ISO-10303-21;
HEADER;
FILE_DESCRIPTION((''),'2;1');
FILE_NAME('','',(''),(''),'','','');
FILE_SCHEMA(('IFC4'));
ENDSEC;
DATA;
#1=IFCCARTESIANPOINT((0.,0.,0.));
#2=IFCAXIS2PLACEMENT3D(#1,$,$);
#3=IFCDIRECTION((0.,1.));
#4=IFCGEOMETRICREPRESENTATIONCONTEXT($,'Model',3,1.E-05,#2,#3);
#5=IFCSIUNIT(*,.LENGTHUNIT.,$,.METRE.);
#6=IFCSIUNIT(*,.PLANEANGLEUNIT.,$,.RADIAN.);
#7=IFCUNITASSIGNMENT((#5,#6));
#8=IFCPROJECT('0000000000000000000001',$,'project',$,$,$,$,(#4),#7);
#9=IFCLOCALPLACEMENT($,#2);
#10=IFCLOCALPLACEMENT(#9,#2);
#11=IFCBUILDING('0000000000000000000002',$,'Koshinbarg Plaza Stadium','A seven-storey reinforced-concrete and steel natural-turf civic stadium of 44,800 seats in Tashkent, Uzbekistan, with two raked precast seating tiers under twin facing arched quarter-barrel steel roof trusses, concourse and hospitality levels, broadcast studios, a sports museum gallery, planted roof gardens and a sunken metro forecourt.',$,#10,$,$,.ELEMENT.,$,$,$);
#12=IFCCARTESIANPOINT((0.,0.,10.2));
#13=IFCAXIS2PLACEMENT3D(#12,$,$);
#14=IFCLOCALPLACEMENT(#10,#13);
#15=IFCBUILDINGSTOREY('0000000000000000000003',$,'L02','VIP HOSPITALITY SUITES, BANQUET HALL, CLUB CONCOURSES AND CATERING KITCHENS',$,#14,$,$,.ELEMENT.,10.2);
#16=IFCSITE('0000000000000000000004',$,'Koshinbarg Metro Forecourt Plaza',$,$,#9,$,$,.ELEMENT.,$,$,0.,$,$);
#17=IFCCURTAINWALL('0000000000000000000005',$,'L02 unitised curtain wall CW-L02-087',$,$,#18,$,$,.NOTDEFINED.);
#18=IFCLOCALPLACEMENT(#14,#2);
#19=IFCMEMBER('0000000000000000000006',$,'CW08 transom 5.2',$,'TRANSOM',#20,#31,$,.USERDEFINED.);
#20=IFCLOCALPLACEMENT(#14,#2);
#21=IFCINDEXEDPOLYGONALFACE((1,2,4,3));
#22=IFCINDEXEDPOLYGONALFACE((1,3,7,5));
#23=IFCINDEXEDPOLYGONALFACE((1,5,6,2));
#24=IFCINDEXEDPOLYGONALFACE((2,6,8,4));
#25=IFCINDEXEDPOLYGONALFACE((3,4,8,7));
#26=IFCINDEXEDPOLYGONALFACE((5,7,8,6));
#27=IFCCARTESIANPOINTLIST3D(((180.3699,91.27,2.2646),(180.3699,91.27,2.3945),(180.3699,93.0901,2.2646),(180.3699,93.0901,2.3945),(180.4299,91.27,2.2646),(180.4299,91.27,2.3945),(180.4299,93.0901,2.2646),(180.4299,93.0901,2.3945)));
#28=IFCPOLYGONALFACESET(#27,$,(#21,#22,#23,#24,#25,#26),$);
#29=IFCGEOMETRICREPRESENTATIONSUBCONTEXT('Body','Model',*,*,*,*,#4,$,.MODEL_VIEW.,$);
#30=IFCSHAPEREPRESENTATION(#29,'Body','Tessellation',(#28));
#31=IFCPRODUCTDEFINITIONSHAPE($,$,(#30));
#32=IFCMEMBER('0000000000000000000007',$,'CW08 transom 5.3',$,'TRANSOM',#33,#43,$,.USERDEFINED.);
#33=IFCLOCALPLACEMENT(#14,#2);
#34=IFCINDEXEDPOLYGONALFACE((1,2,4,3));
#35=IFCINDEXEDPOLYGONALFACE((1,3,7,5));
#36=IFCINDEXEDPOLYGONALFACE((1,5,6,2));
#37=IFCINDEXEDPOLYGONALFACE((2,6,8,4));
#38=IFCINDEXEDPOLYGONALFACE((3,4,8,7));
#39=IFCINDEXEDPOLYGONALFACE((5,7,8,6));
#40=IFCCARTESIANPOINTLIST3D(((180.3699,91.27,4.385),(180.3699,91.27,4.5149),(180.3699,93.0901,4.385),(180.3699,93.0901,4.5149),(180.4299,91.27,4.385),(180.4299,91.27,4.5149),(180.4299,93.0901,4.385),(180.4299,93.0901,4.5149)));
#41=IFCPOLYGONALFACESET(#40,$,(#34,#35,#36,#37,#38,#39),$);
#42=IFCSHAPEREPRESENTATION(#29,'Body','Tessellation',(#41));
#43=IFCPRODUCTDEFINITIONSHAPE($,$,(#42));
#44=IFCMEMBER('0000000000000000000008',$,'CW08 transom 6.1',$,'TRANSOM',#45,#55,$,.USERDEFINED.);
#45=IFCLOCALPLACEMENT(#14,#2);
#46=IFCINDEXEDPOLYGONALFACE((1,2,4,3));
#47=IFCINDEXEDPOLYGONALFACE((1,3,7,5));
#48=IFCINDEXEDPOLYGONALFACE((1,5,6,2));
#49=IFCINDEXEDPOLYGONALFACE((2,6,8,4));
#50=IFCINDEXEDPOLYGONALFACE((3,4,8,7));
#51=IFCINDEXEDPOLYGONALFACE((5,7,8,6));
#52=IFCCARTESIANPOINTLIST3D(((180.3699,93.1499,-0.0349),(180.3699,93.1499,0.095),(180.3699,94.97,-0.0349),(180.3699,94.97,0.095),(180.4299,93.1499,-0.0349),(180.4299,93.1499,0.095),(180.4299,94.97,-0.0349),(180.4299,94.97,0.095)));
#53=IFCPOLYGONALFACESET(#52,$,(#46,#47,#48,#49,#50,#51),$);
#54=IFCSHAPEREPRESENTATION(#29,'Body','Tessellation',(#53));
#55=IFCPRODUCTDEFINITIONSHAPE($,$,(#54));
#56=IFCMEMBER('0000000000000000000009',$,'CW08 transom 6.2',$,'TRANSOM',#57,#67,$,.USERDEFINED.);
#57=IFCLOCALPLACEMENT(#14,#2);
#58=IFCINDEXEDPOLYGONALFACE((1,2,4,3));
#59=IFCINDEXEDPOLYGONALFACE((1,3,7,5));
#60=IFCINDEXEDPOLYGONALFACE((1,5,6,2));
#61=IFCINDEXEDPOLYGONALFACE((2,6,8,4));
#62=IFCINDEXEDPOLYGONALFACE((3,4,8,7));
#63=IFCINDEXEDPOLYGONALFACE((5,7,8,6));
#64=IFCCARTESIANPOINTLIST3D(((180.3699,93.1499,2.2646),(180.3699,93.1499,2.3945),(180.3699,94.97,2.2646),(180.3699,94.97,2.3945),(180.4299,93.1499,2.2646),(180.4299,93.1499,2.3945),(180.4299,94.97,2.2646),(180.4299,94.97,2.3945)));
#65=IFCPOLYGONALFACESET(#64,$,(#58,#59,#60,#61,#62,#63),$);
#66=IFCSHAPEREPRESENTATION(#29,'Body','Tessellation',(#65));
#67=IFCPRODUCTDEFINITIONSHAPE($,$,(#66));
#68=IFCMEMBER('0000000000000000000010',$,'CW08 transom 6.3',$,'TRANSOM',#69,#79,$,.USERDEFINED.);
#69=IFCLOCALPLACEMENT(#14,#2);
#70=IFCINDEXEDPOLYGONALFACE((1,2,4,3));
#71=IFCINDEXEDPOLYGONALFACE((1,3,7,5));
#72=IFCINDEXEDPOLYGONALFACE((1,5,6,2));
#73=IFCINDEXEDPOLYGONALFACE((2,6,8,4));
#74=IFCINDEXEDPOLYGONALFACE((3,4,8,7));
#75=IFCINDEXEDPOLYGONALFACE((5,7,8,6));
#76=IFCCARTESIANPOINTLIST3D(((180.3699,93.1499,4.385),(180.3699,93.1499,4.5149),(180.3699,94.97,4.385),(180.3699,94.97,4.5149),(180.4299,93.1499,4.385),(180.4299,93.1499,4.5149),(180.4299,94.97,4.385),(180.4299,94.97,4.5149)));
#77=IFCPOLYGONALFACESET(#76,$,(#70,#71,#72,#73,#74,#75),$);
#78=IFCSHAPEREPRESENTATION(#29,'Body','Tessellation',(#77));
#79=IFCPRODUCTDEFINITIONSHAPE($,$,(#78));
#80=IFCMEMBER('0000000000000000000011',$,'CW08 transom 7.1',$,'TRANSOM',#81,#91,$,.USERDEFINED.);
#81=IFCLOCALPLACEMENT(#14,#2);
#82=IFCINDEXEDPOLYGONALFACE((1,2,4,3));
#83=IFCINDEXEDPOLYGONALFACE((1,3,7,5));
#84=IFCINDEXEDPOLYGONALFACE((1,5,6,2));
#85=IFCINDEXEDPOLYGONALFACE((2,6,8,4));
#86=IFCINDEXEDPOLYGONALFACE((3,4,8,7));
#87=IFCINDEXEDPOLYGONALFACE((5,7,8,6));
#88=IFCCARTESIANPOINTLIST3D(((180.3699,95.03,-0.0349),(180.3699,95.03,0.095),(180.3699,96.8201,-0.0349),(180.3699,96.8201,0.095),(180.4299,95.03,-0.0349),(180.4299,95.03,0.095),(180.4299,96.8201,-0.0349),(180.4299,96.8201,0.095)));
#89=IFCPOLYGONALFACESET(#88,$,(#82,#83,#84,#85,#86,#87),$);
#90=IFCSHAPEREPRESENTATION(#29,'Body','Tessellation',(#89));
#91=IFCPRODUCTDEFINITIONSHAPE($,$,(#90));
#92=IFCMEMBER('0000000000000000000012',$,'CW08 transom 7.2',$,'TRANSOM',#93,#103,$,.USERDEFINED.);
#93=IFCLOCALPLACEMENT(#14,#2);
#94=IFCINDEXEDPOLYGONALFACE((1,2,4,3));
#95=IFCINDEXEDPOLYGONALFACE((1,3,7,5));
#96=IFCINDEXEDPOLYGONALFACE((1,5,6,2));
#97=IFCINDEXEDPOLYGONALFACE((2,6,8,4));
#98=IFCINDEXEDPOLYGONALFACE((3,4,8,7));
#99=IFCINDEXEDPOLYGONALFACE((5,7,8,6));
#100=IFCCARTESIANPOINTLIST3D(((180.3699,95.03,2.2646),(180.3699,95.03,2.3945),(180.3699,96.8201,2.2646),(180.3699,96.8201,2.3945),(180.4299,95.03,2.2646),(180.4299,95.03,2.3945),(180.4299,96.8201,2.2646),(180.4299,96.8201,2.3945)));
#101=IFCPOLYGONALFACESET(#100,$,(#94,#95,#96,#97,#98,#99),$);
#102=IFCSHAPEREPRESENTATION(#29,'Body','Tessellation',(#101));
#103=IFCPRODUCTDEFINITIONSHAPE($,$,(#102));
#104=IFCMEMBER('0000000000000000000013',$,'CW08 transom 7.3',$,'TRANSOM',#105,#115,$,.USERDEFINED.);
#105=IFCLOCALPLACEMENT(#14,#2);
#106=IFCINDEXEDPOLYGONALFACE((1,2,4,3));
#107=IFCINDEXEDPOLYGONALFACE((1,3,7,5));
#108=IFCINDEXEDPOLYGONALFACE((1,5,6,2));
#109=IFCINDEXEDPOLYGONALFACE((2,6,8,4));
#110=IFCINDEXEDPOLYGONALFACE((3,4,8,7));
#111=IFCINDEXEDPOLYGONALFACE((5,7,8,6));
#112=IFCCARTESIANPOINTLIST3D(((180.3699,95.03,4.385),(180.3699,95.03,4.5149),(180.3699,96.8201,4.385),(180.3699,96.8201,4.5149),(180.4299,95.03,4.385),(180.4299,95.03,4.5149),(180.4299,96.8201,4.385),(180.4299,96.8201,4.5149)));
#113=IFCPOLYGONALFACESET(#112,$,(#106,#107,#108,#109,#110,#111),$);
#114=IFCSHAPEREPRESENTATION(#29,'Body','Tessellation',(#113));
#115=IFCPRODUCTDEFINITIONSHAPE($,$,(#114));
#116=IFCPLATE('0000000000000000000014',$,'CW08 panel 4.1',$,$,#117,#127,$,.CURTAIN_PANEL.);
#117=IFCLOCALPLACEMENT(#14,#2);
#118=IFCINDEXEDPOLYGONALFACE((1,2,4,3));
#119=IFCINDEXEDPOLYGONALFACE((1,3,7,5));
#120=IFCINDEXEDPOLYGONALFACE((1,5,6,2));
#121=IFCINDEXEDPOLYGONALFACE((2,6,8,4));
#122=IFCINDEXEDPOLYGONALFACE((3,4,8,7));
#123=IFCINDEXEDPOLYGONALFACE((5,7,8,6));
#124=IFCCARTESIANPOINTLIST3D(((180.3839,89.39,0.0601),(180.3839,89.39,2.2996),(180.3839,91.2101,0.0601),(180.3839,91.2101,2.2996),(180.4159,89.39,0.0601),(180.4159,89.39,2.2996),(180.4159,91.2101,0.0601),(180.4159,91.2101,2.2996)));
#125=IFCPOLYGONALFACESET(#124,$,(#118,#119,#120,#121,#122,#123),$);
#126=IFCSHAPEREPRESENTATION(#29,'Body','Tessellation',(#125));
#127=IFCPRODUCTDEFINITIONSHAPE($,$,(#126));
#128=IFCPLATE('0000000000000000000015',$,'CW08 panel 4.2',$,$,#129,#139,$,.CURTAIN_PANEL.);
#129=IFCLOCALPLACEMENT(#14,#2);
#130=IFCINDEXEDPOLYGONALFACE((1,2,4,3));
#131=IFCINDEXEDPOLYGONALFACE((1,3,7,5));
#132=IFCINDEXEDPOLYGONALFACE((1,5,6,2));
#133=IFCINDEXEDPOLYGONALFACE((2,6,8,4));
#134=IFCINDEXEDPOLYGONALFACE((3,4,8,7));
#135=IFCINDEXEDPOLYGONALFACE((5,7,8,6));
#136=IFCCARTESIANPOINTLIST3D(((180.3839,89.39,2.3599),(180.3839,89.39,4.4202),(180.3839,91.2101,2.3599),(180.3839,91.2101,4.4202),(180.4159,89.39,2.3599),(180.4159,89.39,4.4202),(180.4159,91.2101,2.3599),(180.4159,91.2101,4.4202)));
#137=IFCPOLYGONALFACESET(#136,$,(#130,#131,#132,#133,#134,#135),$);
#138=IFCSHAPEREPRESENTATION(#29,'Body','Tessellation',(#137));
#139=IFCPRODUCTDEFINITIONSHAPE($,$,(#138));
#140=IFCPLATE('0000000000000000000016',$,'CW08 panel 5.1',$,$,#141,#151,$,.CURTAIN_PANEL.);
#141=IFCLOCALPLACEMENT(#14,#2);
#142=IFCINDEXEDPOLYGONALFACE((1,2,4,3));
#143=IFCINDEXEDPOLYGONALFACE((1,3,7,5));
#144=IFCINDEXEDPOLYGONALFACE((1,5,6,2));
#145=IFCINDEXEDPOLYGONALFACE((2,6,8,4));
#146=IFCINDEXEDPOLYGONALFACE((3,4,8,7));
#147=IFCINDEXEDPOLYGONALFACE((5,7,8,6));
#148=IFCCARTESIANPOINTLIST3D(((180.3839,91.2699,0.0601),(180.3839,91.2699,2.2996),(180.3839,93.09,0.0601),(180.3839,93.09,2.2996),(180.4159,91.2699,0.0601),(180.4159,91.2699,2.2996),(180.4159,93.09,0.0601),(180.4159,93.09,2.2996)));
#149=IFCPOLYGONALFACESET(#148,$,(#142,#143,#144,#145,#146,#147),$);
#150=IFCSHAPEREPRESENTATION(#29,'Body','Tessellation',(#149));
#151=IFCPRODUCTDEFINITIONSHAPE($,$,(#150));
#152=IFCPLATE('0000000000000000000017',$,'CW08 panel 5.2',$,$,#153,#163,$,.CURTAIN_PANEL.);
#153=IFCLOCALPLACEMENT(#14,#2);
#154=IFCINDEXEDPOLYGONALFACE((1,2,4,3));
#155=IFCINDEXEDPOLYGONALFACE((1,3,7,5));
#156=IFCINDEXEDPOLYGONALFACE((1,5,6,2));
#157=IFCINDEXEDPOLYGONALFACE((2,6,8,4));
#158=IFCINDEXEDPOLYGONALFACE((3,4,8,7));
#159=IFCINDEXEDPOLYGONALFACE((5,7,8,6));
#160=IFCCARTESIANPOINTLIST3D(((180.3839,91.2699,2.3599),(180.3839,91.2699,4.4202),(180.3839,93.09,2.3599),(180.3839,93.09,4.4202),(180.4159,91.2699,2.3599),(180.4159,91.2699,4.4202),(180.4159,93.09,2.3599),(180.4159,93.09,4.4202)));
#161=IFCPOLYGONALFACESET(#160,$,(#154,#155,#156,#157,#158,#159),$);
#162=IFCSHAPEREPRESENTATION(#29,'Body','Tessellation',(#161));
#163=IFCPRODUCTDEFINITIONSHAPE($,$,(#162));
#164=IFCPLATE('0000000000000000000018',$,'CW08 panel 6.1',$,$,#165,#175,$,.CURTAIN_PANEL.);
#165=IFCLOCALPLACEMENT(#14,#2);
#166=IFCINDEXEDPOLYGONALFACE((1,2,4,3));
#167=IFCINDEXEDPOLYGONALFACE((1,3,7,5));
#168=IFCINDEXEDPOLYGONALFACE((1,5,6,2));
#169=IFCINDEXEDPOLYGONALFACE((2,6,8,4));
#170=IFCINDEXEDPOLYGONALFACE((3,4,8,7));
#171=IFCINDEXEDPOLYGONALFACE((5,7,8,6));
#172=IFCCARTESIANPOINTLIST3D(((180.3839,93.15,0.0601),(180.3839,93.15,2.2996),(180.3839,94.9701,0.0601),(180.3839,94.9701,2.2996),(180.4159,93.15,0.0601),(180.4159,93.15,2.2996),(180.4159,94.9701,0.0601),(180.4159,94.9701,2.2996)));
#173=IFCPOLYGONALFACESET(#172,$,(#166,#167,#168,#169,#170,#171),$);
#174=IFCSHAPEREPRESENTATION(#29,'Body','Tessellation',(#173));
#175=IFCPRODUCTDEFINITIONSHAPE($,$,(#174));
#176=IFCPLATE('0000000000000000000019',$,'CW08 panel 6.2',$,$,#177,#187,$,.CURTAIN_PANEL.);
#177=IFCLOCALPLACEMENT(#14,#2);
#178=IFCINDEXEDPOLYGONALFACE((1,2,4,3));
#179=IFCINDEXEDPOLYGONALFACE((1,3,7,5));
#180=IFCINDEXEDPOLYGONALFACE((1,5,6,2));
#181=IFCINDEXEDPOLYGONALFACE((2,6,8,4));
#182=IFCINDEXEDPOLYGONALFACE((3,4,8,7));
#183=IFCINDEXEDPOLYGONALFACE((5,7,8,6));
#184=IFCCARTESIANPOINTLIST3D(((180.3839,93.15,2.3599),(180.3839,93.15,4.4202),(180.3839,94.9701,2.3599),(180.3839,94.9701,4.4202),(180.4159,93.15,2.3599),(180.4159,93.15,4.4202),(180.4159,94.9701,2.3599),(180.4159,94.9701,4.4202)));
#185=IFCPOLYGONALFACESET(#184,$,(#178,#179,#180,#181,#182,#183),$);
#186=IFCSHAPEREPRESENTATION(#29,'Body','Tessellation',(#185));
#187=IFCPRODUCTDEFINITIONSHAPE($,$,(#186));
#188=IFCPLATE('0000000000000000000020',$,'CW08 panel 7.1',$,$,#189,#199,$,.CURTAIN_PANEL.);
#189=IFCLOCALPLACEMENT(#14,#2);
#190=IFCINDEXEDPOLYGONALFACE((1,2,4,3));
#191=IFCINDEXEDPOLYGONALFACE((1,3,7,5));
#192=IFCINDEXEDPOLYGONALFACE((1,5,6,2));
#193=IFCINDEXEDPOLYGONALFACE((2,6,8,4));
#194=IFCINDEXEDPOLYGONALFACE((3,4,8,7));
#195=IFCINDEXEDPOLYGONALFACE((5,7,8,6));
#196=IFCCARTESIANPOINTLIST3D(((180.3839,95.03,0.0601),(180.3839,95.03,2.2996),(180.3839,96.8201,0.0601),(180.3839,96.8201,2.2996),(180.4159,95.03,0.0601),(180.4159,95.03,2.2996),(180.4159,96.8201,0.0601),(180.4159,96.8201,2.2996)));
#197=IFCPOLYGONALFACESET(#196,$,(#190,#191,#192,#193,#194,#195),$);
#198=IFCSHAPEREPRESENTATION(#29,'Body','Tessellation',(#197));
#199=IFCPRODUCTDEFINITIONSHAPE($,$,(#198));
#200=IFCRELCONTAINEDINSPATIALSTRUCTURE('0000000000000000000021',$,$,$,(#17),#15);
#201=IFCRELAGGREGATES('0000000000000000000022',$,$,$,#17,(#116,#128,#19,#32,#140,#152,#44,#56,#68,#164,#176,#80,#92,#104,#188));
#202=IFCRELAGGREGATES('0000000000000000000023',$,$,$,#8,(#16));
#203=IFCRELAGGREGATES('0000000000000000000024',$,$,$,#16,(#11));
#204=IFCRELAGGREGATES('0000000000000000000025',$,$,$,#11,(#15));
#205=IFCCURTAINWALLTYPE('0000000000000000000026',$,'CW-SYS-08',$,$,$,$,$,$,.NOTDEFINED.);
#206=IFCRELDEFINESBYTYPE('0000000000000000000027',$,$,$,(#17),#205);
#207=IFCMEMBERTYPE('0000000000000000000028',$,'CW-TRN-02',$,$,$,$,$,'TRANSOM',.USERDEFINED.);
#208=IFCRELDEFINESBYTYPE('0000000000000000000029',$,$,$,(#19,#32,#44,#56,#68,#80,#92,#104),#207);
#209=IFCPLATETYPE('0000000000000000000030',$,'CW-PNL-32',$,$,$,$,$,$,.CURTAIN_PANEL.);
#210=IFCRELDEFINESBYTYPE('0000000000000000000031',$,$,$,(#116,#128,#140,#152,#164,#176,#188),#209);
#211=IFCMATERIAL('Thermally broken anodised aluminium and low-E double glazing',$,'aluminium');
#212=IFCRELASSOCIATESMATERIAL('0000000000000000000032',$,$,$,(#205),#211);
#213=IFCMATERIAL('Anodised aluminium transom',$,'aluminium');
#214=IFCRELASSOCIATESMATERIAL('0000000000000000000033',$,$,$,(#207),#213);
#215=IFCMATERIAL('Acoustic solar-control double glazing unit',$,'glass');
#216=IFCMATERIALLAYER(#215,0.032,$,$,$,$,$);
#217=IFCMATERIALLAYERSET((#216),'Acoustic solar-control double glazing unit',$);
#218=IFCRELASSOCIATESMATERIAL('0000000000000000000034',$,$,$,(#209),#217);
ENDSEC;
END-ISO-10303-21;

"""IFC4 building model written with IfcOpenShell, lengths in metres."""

from ifc_helpers import new_model, si_unit, direction, frame, origin, origin_2d, place, context, subcontext, project, spatial, rectangle, extrude, material, layer, layer_set, material_profile, profile_set, type_object, element, aggregate, save


model = new_model("IFC4")

# Units and contexts
model_context = context("Model", 3, precision=1e-05, world=origin(), true_north=direction((0.0, 1.0)))
body_context = subcontext(model_context, "Body", "Model", "MODEL_VIEW")
ifc_project = project(units=[si_unit("LENGTHUNIT", "METRE"), si_unit("PLANEANGLEUNIT", "RADIAN")], contexts=[model_context])

# Site, building, storey
site_placement = place(None, origin())
site = spatial("IfcSite", under=ifc_project, at=site_placement, Name="Koshinbarg Metro Forecourt Plaza", CompositionType="ELEMENT", RefElevation=0.0)
building_placement = place(site_placement, origin())
building = spatial("IfcBuilding", under=site, at=building_placement, Name="Koshinbarg Plaza Stadium", Description="A seven-storey reinforced-concrete and steel natural-turf civic stadium of 44,800 seats in Tashkent, Uzbekistan, with two raked precast seating tiers under twin facing arched quarter-barrel steel roof trusses, concourse and hospitality levels, broadcast studios, a sports museum gallery, planted roof gardens and a sunken metro forecourt.", CompositionType="ELEMENT")
storey_placement = place(building_placement, frame((0.0, 0.0, 10.2)))
storey = spatial("IfcBuildingStorey", under=building, at=storey_placement, Name="L02", Description="VIP HOSPITALITY SUITES, BANQUET HALL, CLUB CONCOURSES AND CATERING KITCHENS", CompositionType="ELEMENT", Elevation=10.2)

# Shared definitions
ifc_material_1 = material(Name="Thermally broken anodised aluminium and low-E double glazing", Category="aluminium")

# Curtain wall
curtain_wall_type_1 = type_object("IfcCurtainWallType", Name="CW-SYS-08", PredefinedType="NOTDEFINED", material=ifc_material_1)
curtain_wall_1_placement = place(storey_placement, origin())
curtain_wall_1 = element("IfcCurtainWall", 1, at=curtain_wall_1_placement, inside=storey, type_object=curtain_wall_type_1, Name="L02 unitised curtain wall CW-L02-087", PredefinedType="NOTDEFINED")

# Members
ifc_material_2 = material(Name="Anodised aluminium transom", Category="aluminium")
ifc_material_profile_1 = material_profile(ifc_material_2, rectangle(XDim=0.0601, YDim=0.1299, at=origin_2d()), Name="ALU 60x130")
ifc_profile_set_1 = profile_set([ifc_material_profile_1], Name="Anodised aluminium transom")
member_type_1 = type_object("IfcMemberType", Name="CW-TRN-02", ElementType="TRANSOM", PredefinedType="USERDEFINED", material=ifc_profile_set_1)
member_1_placement = place(storey_placement, frame((180.3999, 91.27, 2.3296), z_axis=(0.0, 1.0, 0.0), x_axis=(-1.0, 0.0, 0.0)))
member_1 = element("IfcMember", 2, at=member_1_placement, type_object=member_type_1, Name="CW08 transom 5.2", ObjectType="TRANSOM", PredefinedType="USERDEFINED", context=body_context, shape_type="SweptSolid", body=[
    extrude(rectangle(XDim=0.0601, YDim=0.1299, at=origin_2d()), origin(), (0.0, 0.0, 1.0), 1.8201),
])
member_2_placement = place(storey_placement, frame((180.3999, 91.27, 4.45), z_axis=(0.0, 1.0, 0.0), x_axis=(-1.0, 0.0, 0.0)))
member_2 = element("IfcMember", 3, at=member_2_placement, type_object=member_type_1, Name="CW08 transom 5.3", ObjectType="TRANSOM", PredefinedType="USERDEFINED", context=body_context, shape_type="SweptSolid", body=[
    extrude(rectangle(XDim=0.0601, YDim=0.1299, at=origin_2d()), origin(), (0.0, 0.0, 1.0), 1.8201),
])
member_3_placement = place(storey_placement, frame((180.3999, 93.1499, 0.03), z_axis=(0.0, 1.0, 0.0), x_axis=(-1.0, 0.0, 0.0)))
member_3 = element("IfcMember", 4, at=member_3_placement, type_object=member_type_1, Name="CW08 transom 6.1", ObjectType="TRANSOM", PredefinedType="USERDEFINED", context=body_context, shape_type="SweptSolid", body=[
    extrude(rectangle(XDim=0.0601, YDim=0.1299, at=origin_2d()), origin(), (0.0, 0.0, 1.0), 1.8201),
])
member_4_placement = place(storey_placement, frame((180.3999, 93.1499, 2.3296), z_axis=(0.0, 1.0, 0.0), x_axis=(-1.0, 0.0, 0.0)))
member_4 = element("IfcMember", 5, at=member_4_placement, type_object=member_type_1, Name="CW08 transom 6.2", ObjectType="TRANSOM", PredefinedType="USERDEFINED", context=body_context, shape_type="SweptSolid", body=[
    extrude(rectangle(XDim=0.0601, YDim=0.1299, at=origin_2d()), origin(), (0.0, 0.0, 1.0), 1.8201),
])
member_5_placement = place(storey_placement, frame((180.3999, 93.1499, 4.45), z_axis=(0.0, 1.0, 0.0), x_axis=(-1.0, 0.0, 0.0)))
member_5 = element("IfcMember", 6, at=member_5_placement, type_object=member_type_1, Name="CW08 transom 6.3", ObjectType="TRANSOM", PredefinedType="USERDEFINED", context=body_context, shape_type="SweptSolid", body=[
    extrude(rectangle(XDim=0.0601, YDim=0.1299, at=origin_2d()), origin(), (0.0, 0.0, 1.0), 1.8201),
])
member_6_placement = place(storey_placement, frame((180.3999, 95.03, 0.03), z_axis=(0.0, 1.0, 0.0), x_axis=(-1.0, 0.0, 0.0)))
member_6 = element("IfcMember", 7, at=member_6_placement, type_object=member_type_1, Name="CW08 transom 7.1", ObjectType="TRANSOM", PredefinedType="USERDEFINED", context=body_context, shape_type="SweptSolid", body=[
    extrude(rectangle(XDim=0.0601, YDim=0.1299, at=origin_2d()), origin(), (0.0, 0.0, 1.0), 1.79),
])
member_7_placement = place(storey_placement, frame((180.3999, 95.03, 2.3296), z_axis=(0.0, 1.0, 0.0), x_axis=(-1.0, 0.0, 0.0)))
member_7 = element("IfcMember", 8, at=member_7_placement, type_object=member_type_1, Name="CW08 transom 7.2", ObjectType="TRANSOM", PredefinedType="USERDEFINED", context=body_context, shape_type="SweptSolid", body=[
    extrude(rectangle(XDim=0.0601, YDim=0.1299, at=origin_2d()), origin(), (0.0, 0.0, 1.0), 1.79),
])
member_8_placement = place(storey_placement, frame((180.3999, 95.03, 4.45), z_axis=(0.0, 1.0, 0.0), x_axis=(-1.0, 0.0, 0.0)))
member_8 = element("IfcMember", 9, at=member_8_placement, type_object=member_type_1, Name="CW08 transom 7.3", ObjectType="TRANSOM", PredefinedType="USERDEFINED", context=body_context, shape_type="SweptSolid", body=[
    extrude(rectangle(XDim=0.0601, YDim=0.1299, at=origin_2d()), origin(), (0.0, 0.0, 1.0), 1.79),
])

# Plates
ifc_material_3 = material(Name="Acoustic solar-control double glazing unit", Category="glass")
ifc_layer = layer(ifc_material_3, 0.032)
ifc_layer_set = layer_set([ifc_layer], Name="Acoustic solar-control double glazing unit")
plate_type = type_object("IfcPlateType", Name="CW-PNL-32", PredefinedType="CURTAIN_PANEL", material=ifc_layer_set)
plate_1_placement = place(storey_placement, frame((180.3999, 90.3, 0.0601), z_axis=(0.0, 0.0, 1.0), x_axis=(0.0, 1.0, 0.0)))
plate_1 = element("IfcPlate", 10, at=plate_1_placement, type_object=plate_type, Name="CW08 panel 4.1", PredefinedType="CURTAIN_PANEL", context=body_context, shape_type="SweptSolid", body=[
    extrude(rectangle(XDim=1.8201, YDim=0.032, at=origin_2d()), origin(), (0.0, 0.0, 1.0), 2.2395),
])
plate_2_placement = place(storey_placement, frame((180.3999, 90.3, 2.3599), z_axis=(0.0, 0.0, 1.0), x_axis=(0.0, 1.0, 0.0)))
plate_2 = element("IfcPlate", 11, at=plate_2_placement, type_object=plate_type, Name="CW08 panel 4.2", PredefinedType="CURTAIN_PANEL", context=body_context, shape_type="SweptSolid", body=[
    extrude(rectangle(XDim=1.8201, YDim=0.032, at=origin_2d()), origin(), (0.0, 0.0, 1.0), 2.0603),
])
plate_3_placement = place(storey_placement, frame((180.3999, 92.1799, 0.0601), z_axis=(0.0, 0.0, 1.0), x_axis=(0.0, 1.0, 0.0)))
plate_3 = element("IfcPlate", 12, at=plate_3_placement, type_object=plate_type, Name="CW08 panel 5.1", PredefinedType="CURTAIN_PANEL", context=body_context, shape_type="SweptSolid", body=[
    extrude(rectangle(XDim=1.8201, YDim=0.032, at=origin_2d()), origin(), (0.0, 0.0, 1.0), 2.2395),
])
plate_4_placement = place(storey_placement, frame((180.3999, 92.1799, 2.3599), z_axis=(0.0, 0.0, 1.0), x_axis=(0.0, 1.0, 0.0)))
plate_4 = element("IfcPlate", 13, at=plate_4_placement, type_object=plate_type, Name="CW08 panel 5.2", PredefinedType="CURTAIN_PANEL", context=body_context, shape_type="SweptSolid", body=[
    extrude(rectangle(XDim=1.8201, YDim=0.032, at=origin_2d()), origin(), (0.0, 0.0, 1.0), 2.0603),
])
plate_5_placement = place(storey_placement, frame((180.3999, 94.0601, 0.0601), z_axis=(0.0, 0.0, 1.0), x_axis=(0.0, 1.0, 0.0)))
plate_5 = element("IfcPlate", 14, at=plate_5_placement, type_object=plate_type, Name="CW08 panel 6.1", PredefinedType="CURTAIN_PANEL", context=body_context, shape_type="SweptSolid", body=[
    extrude(rectangle(XDim=1.8201, YDim=0.032, at=origin_2d()), origin(), (0.0, 0.0, 1.0), 2.2395),
])
plate_6_placement = place(storey_placement, frame((180.3999, 94.0601, 2.3599), z_axis=(0.0, 0.0, 1.0), x_axis=(0.0, 1.0, 0.0)))
plate_6 = element("IfcPlate", 15, at=plate_6_placement, type_object=plate_type, Name="CW08 panel 6.2", PredefinedType="CURTAIN_PANEL", context=body_context, shape_type="SweptSolid", body=[
    extrude(rectangle(XDim=1.8201, YDim=0.032, at=origin_2d()), origin(), (0.0, 0.0, 1.0), 2.0603),
])
plate_7_placement = place(storey_placement, frame((180.3999, 95.925, 0.0601), z_axis=(0.0, 0.0, 1.0), x_axis=(0.0, 1.0, 0.0)))
plate_7 = element("IfcPlate", 16, at=plate_7_placement, type_object=plate_type, Name="CW08 panel 7.1", PredefinedType="CURTAIN_PANEL", context=body_context, shape_type="SweptSolid", body=[
    extrude(rectangle(XDim=1.79, YDim=0.032, at=origin_2d()), origin(), (0.0, 0.0, 1.0), 2.2395),
])
aggregate(curtain_wall_1, [plate_1, plate_2, member_1, member_2, plate_3, plate_4, member_3, member_4, member_5, plate_5, plate_6, member_6, member_7, member_8, plate_7])

save(model, "model.ifc")
